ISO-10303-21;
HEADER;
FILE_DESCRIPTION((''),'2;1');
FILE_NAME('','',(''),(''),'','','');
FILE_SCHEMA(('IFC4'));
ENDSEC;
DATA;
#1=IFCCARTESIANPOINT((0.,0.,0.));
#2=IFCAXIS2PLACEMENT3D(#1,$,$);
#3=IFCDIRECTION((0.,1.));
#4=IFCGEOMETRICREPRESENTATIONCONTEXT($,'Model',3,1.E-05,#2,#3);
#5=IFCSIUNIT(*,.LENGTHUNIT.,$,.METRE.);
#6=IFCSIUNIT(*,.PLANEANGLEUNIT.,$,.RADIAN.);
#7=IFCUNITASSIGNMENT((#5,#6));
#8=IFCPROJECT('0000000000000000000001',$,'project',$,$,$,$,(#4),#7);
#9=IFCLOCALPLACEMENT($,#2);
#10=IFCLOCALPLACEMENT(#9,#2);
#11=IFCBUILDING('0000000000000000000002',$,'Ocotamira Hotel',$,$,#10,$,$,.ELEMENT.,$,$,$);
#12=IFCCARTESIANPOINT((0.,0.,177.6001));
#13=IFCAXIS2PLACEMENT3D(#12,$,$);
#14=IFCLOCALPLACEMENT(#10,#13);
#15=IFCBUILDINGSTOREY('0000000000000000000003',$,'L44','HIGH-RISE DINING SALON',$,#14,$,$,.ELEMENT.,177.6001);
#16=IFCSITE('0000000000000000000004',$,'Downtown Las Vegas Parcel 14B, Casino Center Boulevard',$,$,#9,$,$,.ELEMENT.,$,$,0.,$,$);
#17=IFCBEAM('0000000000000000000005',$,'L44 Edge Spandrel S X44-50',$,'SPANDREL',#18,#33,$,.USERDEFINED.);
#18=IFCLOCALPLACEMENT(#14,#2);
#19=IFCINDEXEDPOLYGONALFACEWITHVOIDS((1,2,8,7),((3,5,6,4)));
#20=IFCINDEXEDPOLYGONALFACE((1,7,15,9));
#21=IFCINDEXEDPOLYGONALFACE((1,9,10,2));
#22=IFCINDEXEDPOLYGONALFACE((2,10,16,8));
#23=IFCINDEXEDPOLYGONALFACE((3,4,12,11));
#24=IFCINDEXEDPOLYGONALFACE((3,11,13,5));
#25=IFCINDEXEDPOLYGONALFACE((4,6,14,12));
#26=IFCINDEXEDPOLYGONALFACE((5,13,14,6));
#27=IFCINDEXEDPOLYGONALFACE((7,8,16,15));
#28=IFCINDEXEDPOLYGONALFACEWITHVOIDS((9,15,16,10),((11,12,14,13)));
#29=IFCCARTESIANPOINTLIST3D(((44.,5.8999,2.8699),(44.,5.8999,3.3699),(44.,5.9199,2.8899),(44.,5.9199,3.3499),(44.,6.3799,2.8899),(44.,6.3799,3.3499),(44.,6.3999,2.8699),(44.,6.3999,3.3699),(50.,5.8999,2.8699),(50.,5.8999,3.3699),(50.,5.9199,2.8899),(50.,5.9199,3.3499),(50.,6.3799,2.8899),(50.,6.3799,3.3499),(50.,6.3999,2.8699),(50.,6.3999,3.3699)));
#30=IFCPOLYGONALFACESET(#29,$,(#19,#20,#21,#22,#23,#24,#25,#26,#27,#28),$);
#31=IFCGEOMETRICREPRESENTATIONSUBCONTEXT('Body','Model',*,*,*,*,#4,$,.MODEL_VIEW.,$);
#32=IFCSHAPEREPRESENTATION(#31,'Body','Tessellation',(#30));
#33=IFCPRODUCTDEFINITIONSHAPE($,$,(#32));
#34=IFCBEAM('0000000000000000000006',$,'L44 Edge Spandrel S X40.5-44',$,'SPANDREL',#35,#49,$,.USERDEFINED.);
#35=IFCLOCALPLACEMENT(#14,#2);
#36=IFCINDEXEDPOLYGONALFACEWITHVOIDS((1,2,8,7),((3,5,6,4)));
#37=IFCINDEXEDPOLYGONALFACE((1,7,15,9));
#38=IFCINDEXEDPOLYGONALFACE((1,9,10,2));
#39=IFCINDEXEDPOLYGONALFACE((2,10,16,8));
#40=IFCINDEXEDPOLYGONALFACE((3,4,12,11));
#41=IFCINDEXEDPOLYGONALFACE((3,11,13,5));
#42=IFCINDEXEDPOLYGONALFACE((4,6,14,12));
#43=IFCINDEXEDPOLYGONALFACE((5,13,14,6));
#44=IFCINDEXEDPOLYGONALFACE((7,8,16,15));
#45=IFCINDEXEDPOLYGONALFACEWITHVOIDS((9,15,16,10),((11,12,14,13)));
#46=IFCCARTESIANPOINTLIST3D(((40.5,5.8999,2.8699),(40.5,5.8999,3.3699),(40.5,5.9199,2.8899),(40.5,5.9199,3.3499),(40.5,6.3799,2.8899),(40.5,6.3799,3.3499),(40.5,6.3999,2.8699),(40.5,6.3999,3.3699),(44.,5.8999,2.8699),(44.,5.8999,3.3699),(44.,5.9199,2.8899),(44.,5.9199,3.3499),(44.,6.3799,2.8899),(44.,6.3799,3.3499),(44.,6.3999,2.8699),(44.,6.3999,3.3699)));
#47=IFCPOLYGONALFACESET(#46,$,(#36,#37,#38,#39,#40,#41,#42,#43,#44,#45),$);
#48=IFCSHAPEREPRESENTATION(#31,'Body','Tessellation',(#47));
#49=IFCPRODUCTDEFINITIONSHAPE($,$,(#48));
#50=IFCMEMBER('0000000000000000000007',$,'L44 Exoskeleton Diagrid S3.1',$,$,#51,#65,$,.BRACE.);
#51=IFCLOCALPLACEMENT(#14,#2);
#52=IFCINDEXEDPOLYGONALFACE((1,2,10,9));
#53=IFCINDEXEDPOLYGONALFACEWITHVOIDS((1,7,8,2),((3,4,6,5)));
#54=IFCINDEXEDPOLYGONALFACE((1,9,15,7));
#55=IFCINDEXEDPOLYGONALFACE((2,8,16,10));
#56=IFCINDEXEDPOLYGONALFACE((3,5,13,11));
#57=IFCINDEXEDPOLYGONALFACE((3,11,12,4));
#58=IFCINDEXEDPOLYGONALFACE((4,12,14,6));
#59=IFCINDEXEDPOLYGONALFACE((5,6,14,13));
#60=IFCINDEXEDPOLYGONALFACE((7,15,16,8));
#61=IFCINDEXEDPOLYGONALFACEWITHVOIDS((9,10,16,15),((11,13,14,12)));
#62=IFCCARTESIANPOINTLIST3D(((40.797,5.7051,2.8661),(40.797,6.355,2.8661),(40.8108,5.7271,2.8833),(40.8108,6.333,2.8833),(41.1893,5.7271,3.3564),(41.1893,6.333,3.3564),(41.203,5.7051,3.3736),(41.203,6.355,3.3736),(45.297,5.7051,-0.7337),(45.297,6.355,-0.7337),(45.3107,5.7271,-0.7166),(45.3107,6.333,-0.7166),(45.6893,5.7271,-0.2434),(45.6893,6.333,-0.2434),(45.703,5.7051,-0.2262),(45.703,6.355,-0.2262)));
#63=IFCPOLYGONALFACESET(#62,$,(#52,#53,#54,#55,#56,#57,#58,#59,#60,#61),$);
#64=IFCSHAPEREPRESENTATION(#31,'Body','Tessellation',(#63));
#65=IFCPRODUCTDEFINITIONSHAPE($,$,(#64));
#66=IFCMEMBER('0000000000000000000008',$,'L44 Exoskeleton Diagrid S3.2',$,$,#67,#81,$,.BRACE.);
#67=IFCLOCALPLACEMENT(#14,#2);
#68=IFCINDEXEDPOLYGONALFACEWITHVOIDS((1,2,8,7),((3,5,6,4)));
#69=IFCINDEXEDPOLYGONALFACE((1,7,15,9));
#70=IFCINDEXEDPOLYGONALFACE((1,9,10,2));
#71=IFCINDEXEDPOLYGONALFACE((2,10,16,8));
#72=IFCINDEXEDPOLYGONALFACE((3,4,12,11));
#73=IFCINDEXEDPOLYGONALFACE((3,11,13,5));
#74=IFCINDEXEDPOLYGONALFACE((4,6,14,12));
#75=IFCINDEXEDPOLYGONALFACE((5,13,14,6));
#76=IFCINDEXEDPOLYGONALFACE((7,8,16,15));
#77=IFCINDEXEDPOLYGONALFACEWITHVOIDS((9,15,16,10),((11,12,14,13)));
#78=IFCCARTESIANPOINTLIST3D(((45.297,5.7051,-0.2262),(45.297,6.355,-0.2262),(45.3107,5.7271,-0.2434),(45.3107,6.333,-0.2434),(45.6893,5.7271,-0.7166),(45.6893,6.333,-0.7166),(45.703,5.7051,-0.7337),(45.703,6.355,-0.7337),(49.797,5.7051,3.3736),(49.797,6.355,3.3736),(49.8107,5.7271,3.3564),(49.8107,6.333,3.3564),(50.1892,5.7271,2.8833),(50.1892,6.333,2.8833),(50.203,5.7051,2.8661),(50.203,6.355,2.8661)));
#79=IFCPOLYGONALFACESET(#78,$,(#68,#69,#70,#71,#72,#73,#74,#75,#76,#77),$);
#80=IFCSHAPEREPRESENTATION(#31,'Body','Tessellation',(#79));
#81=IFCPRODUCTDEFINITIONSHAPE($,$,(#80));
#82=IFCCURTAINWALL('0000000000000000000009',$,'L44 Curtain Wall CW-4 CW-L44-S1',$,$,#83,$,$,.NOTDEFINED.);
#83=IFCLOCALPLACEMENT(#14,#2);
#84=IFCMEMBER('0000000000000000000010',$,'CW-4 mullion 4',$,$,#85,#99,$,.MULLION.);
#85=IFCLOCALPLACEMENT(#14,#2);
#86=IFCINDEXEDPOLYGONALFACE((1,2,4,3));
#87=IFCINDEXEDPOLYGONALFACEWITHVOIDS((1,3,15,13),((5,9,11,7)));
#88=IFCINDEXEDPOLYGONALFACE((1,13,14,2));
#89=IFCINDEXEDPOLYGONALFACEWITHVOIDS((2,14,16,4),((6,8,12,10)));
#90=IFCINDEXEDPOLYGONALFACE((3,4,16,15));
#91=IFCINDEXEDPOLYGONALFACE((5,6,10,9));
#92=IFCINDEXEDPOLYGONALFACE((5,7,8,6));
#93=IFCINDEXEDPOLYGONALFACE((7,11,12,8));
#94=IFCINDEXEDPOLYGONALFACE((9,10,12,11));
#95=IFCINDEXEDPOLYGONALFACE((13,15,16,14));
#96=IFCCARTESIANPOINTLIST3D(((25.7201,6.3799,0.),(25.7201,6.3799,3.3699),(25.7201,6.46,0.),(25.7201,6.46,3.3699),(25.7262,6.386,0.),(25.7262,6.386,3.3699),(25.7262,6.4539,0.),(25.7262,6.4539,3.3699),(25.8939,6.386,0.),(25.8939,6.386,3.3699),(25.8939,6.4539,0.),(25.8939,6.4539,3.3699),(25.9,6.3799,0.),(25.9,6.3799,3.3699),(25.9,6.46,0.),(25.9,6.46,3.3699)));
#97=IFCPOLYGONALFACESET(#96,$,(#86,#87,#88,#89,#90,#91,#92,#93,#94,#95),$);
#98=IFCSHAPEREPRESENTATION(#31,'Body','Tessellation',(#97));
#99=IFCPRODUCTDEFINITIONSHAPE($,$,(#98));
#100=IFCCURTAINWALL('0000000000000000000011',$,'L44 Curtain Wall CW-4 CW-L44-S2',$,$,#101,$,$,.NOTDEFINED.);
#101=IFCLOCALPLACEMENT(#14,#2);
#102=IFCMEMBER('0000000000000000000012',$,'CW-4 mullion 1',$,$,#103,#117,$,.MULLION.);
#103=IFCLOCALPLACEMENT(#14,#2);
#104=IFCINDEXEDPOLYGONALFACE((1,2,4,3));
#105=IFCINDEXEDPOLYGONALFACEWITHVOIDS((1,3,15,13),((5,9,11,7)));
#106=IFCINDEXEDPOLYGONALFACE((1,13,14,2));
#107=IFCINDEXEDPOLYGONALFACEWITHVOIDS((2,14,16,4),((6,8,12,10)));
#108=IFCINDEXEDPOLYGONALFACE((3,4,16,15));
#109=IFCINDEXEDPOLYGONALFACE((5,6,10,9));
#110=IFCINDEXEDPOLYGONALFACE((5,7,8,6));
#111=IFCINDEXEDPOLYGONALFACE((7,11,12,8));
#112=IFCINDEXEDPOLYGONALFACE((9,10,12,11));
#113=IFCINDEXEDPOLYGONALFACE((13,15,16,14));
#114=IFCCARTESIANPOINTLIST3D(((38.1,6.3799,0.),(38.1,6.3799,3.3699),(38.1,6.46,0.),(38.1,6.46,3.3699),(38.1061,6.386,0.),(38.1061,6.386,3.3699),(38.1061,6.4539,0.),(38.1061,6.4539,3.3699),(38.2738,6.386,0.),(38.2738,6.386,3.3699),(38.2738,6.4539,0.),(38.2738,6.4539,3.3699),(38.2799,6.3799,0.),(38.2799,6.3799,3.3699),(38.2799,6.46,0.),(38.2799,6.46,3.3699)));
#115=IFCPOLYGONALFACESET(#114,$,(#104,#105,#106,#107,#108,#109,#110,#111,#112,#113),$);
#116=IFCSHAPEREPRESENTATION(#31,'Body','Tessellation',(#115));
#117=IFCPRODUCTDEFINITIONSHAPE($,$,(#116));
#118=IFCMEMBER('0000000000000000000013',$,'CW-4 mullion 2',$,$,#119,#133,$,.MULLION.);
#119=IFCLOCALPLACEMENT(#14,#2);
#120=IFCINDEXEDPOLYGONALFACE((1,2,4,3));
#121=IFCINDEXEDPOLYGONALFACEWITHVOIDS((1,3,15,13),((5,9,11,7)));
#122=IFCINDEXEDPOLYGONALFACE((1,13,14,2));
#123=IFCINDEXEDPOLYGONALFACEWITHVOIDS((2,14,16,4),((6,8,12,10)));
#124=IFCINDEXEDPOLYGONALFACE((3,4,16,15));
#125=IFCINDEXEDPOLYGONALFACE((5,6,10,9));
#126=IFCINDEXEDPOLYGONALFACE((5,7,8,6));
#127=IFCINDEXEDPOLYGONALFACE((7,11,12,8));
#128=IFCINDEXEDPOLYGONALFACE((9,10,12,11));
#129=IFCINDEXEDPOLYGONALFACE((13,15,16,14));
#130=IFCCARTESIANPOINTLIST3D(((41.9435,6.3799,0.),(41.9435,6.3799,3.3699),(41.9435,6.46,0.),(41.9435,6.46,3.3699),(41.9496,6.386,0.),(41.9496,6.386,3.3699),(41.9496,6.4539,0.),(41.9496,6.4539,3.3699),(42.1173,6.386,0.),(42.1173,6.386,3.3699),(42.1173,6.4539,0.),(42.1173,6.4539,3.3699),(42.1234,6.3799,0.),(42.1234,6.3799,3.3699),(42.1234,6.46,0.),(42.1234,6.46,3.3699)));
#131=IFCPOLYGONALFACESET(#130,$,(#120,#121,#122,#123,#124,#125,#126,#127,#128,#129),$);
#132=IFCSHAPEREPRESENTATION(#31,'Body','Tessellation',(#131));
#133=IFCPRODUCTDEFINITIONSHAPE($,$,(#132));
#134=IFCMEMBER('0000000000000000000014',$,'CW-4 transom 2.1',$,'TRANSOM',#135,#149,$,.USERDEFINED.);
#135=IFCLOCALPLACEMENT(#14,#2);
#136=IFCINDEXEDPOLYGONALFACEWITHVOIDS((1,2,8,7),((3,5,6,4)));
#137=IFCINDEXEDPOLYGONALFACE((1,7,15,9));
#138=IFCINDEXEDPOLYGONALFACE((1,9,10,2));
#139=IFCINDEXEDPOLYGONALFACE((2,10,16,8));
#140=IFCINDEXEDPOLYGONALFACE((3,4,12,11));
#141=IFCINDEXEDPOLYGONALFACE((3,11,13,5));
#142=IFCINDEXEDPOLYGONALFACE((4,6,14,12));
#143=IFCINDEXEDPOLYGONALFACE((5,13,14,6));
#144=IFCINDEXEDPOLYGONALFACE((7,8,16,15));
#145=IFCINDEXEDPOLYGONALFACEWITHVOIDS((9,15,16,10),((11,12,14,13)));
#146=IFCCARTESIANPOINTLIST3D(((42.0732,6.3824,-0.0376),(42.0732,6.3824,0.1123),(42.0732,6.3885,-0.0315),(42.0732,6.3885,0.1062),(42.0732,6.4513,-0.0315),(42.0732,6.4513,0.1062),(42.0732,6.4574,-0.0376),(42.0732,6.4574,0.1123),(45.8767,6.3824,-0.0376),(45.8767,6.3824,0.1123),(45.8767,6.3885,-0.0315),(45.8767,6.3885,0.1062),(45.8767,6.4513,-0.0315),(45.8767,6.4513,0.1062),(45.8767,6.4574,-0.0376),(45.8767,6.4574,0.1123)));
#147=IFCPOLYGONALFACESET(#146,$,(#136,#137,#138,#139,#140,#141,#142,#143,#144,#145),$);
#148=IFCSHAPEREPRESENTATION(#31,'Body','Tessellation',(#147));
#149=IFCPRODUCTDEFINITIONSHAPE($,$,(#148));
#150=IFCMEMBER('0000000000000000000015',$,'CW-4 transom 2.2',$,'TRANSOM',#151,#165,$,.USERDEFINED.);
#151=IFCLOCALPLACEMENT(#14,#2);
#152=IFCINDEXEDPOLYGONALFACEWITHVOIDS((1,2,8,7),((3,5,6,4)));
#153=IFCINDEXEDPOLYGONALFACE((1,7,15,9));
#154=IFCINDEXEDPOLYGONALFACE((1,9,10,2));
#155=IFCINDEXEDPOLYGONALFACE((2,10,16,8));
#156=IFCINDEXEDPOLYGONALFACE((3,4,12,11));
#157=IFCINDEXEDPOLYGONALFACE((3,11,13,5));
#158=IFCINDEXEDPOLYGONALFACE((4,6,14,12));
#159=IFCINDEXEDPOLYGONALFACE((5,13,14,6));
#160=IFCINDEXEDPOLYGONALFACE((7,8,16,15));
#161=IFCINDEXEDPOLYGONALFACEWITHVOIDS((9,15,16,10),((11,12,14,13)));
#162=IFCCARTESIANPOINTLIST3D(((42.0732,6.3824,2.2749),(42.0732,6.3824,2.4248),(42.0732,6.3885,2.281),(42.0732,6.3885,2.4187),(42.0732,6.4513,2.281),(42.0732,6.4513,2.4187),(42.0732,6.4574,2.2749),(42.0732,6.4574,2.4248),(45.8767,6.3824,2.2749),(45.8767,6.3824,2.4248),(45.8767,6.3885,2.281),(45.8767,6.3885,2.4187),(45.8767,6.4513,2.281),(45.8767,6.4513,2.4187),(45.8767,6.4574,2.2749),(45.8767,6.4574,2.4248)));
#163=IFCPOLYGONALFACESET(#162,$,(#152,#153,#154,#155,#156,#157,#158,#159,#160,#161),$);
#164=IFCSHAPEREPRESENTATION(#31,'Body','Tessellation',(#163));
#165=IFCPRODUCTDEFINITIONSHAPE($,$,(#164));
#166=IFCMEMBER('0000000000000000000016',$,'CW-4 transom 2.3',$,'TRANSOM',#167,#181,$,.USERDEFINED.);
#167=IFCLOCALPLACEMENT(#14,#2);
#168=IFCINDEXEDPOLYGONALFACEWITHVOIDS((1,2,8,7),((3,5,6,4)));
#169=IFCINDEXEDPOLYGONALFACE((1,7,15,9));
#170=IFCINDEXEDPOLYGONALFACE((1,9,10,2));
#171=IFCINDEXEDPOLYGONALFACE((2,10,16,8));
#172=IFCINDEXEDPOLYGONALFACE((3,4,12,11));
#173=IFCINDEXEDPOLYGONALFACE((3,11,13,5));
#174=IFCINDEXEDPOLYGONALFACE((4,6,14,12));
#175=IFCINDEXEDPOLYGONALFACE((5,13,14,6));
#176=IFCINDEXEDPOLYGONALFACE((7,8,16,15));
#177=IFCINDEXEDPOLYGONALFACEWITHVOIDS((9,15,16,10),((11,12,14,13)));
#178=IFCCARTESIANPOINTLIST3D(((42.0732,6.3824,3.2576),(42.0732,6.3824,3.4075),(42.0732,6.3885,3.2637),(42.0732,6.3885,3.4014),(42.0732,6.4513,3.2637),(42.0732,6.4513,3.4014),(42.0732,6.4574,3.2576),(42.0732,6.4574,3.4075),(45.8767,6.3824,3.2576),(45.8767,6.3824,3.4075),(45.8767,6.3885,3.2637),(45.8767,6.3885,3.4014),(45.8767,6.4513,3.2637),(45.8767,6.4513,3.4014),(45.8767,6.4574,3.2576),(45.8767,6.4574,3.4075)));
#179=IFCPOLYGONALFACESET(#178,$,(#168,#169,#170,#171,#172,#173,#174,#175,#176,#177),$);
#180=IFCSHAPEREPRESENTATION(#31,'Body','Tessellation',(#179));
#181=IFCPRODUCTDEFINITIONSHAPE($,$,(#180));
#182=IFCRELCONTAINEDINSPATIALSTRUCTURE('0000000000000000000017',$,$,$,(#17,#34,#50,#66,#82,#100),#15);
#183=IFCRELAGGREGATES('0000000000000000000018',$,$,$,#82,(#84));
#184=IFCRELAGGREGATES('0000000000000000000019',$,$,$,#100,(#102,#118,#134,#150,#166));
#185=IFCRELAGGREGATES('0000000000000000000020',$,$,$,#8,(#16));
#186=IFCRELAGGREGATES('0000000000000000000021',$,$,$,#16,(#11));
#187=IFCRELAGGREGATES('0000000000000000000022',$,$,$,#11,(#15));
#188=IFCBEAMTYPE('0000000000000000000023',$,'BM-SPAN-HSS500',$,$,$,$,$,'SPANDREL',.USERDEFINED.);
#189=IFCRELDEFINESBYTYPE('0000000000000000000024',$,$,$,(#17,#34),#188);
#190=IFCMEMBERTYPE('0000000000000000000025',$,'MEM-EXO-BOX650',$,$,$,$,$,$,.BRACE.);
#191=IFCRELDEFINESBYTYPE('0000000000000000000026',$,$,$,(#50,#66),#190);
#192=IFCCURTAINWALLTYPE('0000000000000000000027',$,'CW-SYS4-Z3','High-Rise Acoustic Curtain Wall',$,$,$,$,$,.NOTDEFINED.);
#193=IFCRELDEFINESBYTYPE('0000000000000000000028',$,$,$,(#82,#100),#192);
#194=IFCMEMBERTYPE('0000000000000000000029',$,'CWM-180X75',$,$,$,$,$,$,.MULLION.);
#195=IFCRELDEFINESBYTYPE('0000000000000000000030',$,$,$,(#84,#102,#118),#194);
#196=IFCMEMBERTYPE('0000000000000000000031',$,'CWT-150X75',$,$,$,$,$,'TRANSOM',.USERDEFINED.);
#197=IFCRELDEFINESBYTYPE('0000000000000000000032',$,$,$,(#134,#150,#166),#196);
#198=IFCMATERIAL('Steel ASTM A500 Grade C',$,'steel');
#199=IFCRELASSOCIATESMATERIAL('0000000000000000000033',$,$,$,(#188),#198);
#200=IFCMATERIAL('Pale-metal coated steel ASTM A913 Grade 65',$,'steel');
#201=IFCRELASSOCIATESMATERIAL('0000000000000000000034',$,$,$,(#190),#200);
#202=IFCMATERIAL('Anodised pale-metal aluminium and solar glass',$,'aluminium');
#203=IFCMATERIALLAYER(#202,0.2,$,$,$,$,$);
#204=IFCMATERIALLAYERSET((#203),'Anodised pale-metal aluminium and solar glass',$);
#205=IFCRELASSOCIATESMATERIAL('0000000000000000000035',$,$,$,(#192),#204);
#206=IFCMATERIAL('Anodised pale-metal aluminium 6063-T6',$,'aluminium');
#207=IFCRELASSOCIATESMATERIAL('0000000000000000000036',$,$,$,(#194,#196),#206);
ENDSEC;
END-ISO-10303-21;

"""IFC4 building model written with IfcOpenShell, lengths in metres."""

from ifc_helpers import new_model, si_unit, direction, frame, origin, origin_2d, place, context, subcontext, project, spatial, hollow_rectangle, extrude, source, transform, mapped, material, layer, layer_set, material_profile, profile_set, type_object, element, aggregate, save


model = new_model("IFC4")

# Units and contexts
model_context = context("Model", 3, precision=1e-05, world=origin(), true_north=direction((0.0, 1.0)))
body_context = subcontext(model_context, "Body", "Model", "MODEL_VIEW")
ifc_project = project(units=[si_unit("LENGTHUNIT", "METRE"), si_unit("PLANEANGLEUNIT", "RADIAN")], contexts=[model_context])

# Site, building, storey
site_placement = place(None, origin())
site = spatial("IfcSite", under=ifc_project, at=site_placement, Name="Downtown Las Vegas Parcel 14B, Casino Center Boulevard", CompositionType="ELEMENT", RefElevation=0.0)
building_placement = place(site_placement, origin())
building = spatial("IfcBuilding", under=site, at=building_placement, Name="Ocotamira Hotel", CompositionType="ELEMENT")
storey_placement = place(building_placement, frame((0.0, 0.0, 177.6001)))
storey = spatial("IfcBuildingStorey", under=building, at=storey_placement, Name="L44", Description="HIGH-RISE DINING SALON", CompositionType="ELEMENT", Elevation=177.6001)

# Beams
ifc_material_1 = material(Name="Steel ASTM A500 Grade C", Category="steel")
ifc_material_profile_1 = material_profile(ifc_material_1, hollow_rectangle(XDim=0.5, YDim=0.5, WallThickness=0.02, at=origin_2d()), Name="HSS500X500X20")
ifc_profile_set_1 = profile_set([ifc_material_profile_1], Name="Steel ASTM A500 Grade C")
beam_type = type_object("IfcBeamType", Name="BM-SPAN-HSS500", ElementType="SPANDREL", PredefinedType="USERDEFINED", material=ifc_profile_set_1)
shared_shape_1 = source(origin(), body_context, "Body", "SweptSolid", [
    extrude(hollow_rectangle(XDim=0.5, YDim=0.5, WallThickness=0.02, at=origin_2d()), origin(), (0.0, 0.0, 1.0), 6.0),
])
beam_1_placement = place(storey_placement, frame((44.0, 6.1499, 3.1199), z_axis=(1.0, 0.0, 0.0), x_axis=(0.0, 1.0, 0.0)))
element("IfcBeam", 1, at=beam_1_placement, inside=storey, type_object=beam_type, Name="L44 Edge Spandrel S X44-50", ObjectType="SPANDREL", PredefinedType="USERDEFINED", context=body_context, shape_type="MappedRepresentation", body=[
    mapped(shared_shape_1, transform((0.0, 0.0, 0.0), scale=1.0)),
])
shared_shape_2 = source(origin(), body_context, "Body", "SweptSolid", [
    extrude(hollow_rectangle(XDim=0.5, YDim=0.5, WallThickness=0.02, at=origin_2d()), origin(), (0.0, 0.0, 1.0), 3.5),
])
beam_2_placement = place(storey_placement, frame((40.5, 6.1499, 3.1199), z_axis=(1.0, 0.0, 0.0), x_axis=(0.0, 1.0, 0.0)))
element("IfcBeam", 2, at=beam_2_placement, inside=storey, type_object=beam_type, Name="L44 Edge Spandrel S X40.5-44", ObjectType="SPANDREL", PredefinedType="USERDEFINED", context=body_context, shape_type="MappedRepresentation", body=[
    mapped(shared_shape_2, transform((0.0, 0.0, 0.0), scale=1.0)),
])

# Members
ifc_material_2 = material(Name="Pale-metal coated steel ASTM A913 Grade 65", Category="steel")
ifc_material_profile_2 = material_profile(ifc_material_2, hollow_rectangle(XDim=0.6499, YDim=0.6499, WallThickness=0.022, at=origin_2d()), Name="BOX650X650X22")
ifc_profile_set_2 = profile_set([ifc_material_profile_2], Name="Pale-metal coated steel ASTM A913 Grade 65")
member_type_1 = type_object("IfcMemberType", Name="MEM-EXO-BOX650", PredefinedType="BRACE", material=ifc_profile_set_2)
shared_shape_3 = source(origin(), body_context, "Body", "SweptSolid", [
    extrude(hollow_rectangle(XDim=0.6499, YDim=0.6499, WallThickness=0.022, at=origin_2d()), origin(), (0.0, 0.0, 1.0), 5.7627),
])
for number, where, z_axis, x_axis, name in (
    (3, (45.5, 6.03, -0.48), (-0.780881, 0.0, 0.62468), (0.0, -1.0, 0.0), "L44 Exoskeleton Diagrid S3.1"),
    (4, (45.5, 6.03, -0.48), (0.780881, 0.0, 0.62468), (0.0, 1.0, 0.0), "L44 Exoskeleton Diagrid S3.2"),
):
    element("IfcMember", number, at=place(storey_placement, frame(where, z_axis=z_axis, x_axis=x_axis)), inside=storey, type_object=member_type_1, Name=name, PredefinedType="BRACE", context=body_context, shape_type="MappedRepresentation", body=[
        mapped(shared_shape_3, transform((0.0, 0.0, 0.0), scale=1.0)),
    ])

# Curtain wall, member
ifc_material_3 = material(Name="Anodised pale-metal aluminium and solar glass", Category="aluminium")
ifc_layer_1 = layer(ifc_material_3, 0.2)
ifc_layer_set_1 = layer_set([ifc_layer_1], Name="Anodised pale-metal aluminium and solar glass")
curtain_wall_type = type_object("IfcCurtainWallType", Name="CW-SYS4-Z3", Description="High-Rise Acoustic Curtain Wall", PredefinedType="NOTDEFINED", material=ifc_layer_set_1)
curtain_wall_1_placement = place(storey_placement, origin())
curtain_wall_1 = element("IfcCurtainWall", 5, at=curtain_wall_1_placement, inside=storey, type_object=curtain_wall_type, Name="L44 Curtain Wall CW-4 CW-L44-S1", PredefinedType="NOTDEFINED")
ifc_material_4 = material(Name="Anodised pale-metal aluminium 6063-T6", Category="aluminium")
ifc_material_profile_3 = material_profile(ifc_material_4, hollow_rectangle(XDim=0.0801, YDim=0.1799, WallThickness=0.0061, at=origin_2d()), Name="HSS180X80X6")
ifc_profile_set_3 = profile_set([ifc_material_profile_3], Name="Anodised pale-metal aluminium 6063-T6")
member_type_2 = type_object("IfcMemberType", Name="CWM-180X75", PredefinedType="MULLION", material=ifc_profile_set_3)
shared_shape_4 = source(origin(), body_context, "Body", "SweptSolid", [
    extrude(hollow_rectangle(XDim=0.0801, YDim=0.1799, WallThickness=0.0061, at=origin_2d()), origin(), (0.0, 0.0, 1.0), 3.3699),
])
member_1_placement = place(storey_placement, frame((25.8101, 6.4199, 0.0), z_axis=(0.0, 0.0, 1.0), x_axis=(0.0, 1.0, 0.0)))
member_1 = element("IfcMember", 6, at=member_1_placement, type_object=member_type_2, Name="CW-4 mullion 4", PredefinedType="MULLION", context=body_context, shape_type="MappedRepresentation", body=[
    mapped(shared_shape_4, transform((0.0, 0.0, 0.0), scale=1.0)),
])

# Curtain wall, members
curtain_wall_2_placement = place(storey_placement, origin())
curtain_wall_2 = element("IfcCurtainWall", 7, at=curtain_wall_2_placement, inside=storey, type_object=curtain_wall_type, Name="L44 Curtain Wall CW-4 CW-L44-S2", PredefinedType="NOTDEFINED")
member_2_placement = place(storey_placement, frame((38.1899, 6.4199, 0.0), z_axis=(0.0, 0.0, 1.0), x_axis=(0.0, 1.0, 0.0)))
member_2 = element("IfcMember", 8, at=member_2_placement, type_object=member_type_2, Name="CW-4 mullion 1", PredefinedType="MULLION", context=body_context, shape_type="MappedRepresentation", body=[
    mapped(shared_shape_4, transform((0.0, 0.0, 0.0), scale=1.0)),
])
member_3_placement = place(storey_placement, frame((42.0334, 6.4199, 0.0), z_axis=(0.0, 0.0, 1.0), x_axis=(0.0, 1.0, 0.0)))
member_3 = element("IfcMember", 9, at=member_3_placement, type_object=member_type_2, Name="CW-4 mullion 2", PredefinedType="MULLION", context=body_context, shape_type="MappedRepresentation", body=[
    mapped(shared_shape_4, transform((0.0, 0.0, 0.0), scale=1.0)),
])
ifc_material_profile_4 = material_profile(ifc_material_4, hollow_rectangle(XDim=0.075, YDim=0.1499, WallThickness=0.0061, at=origin_2d()), Name="HSS150X75X6")
ifc_profile_set_4 = profile_set([ifc_material_profile_4], Name="Anodised pale-metal aluminium 6063-T6")
member_type_3 = type_object("IfcMemberType", Name="CWT-150X75", ElementType="TRANSOM", PredefinedType="USERDEFINED", material=ifc_profile_set_4)
shared_shape_5 = source(origin(), body_context, "Body", "SweptSolid", [
    extrude(hollow_rectangle(XDim=0.075, YDim=0.1499, WallThickness=0.0061, at=origin_2d()), origin(), (0.0, 0.0, 1.0), 3.8035),
])
member_4_placement = place(storey_placement, frame((42.0732, 6.4199, 0.0374), z_axis=(1.0, 0.0, 0.0), x_axis=(0.0, 1.0, 0.0)))
member_4 = element("IfcMember", 10, at=member_4_placement, type_object=member_type_3, Name="CW-4 transom 2.1", ObjectType="TRANSOM", PredefinedType="USERDEFINED", context=body_context, shape_type="MappedRepresentation", body=[
    mapped(shared_shape_5, transform((0.0, 0.0, 0.0), scale=1.0)),
])
member_5_placement = place(storey_placement, frame((42.0732, 6.4199, 2.3499), z_axis=(1.0, 0.0, 0.0), x_axis=(0.0, 1.0, 0.0)))
member_5 = element("IfcMember", 11, at=member_5_placement, type_object=member_type_3, Name="CW-4 transom 2.2", ObjectType="TRANSOM", PredefinedType="USERDEFINED", context=body_context, shape_type="MappedRepresentation", body=[
    mapped(shared_shape_5, transform((0.0, 0.0, 0.0), scale=1.0)),
])
member_6_placement = place(storey_placement, frame((42.0732, 6.4199, 3.3325), z_axis=(1.0, 0.0, 0.0), x_axis=(0.0, 1.0, 0.0)))
member_6 = element("IfcMember", 12, at=member_6_placement, type_object=member_type_3, Name="CW-4 transom 2.3", ObjectType="TRANSOM", PredefinedType="USERDEFINED", context=body_context, shape_type="MappedRepresentation", body=[
    mapped(shared_shape_5, transform((0.0, 0.0, 0.0), scale=1.0)),
])

aggregate(curtain_wall_1, [member_1])
aggregate(curtain_wall_2, [member_2, member_3, member_4, member_5, member_6])

save(model, "model.ifc")
